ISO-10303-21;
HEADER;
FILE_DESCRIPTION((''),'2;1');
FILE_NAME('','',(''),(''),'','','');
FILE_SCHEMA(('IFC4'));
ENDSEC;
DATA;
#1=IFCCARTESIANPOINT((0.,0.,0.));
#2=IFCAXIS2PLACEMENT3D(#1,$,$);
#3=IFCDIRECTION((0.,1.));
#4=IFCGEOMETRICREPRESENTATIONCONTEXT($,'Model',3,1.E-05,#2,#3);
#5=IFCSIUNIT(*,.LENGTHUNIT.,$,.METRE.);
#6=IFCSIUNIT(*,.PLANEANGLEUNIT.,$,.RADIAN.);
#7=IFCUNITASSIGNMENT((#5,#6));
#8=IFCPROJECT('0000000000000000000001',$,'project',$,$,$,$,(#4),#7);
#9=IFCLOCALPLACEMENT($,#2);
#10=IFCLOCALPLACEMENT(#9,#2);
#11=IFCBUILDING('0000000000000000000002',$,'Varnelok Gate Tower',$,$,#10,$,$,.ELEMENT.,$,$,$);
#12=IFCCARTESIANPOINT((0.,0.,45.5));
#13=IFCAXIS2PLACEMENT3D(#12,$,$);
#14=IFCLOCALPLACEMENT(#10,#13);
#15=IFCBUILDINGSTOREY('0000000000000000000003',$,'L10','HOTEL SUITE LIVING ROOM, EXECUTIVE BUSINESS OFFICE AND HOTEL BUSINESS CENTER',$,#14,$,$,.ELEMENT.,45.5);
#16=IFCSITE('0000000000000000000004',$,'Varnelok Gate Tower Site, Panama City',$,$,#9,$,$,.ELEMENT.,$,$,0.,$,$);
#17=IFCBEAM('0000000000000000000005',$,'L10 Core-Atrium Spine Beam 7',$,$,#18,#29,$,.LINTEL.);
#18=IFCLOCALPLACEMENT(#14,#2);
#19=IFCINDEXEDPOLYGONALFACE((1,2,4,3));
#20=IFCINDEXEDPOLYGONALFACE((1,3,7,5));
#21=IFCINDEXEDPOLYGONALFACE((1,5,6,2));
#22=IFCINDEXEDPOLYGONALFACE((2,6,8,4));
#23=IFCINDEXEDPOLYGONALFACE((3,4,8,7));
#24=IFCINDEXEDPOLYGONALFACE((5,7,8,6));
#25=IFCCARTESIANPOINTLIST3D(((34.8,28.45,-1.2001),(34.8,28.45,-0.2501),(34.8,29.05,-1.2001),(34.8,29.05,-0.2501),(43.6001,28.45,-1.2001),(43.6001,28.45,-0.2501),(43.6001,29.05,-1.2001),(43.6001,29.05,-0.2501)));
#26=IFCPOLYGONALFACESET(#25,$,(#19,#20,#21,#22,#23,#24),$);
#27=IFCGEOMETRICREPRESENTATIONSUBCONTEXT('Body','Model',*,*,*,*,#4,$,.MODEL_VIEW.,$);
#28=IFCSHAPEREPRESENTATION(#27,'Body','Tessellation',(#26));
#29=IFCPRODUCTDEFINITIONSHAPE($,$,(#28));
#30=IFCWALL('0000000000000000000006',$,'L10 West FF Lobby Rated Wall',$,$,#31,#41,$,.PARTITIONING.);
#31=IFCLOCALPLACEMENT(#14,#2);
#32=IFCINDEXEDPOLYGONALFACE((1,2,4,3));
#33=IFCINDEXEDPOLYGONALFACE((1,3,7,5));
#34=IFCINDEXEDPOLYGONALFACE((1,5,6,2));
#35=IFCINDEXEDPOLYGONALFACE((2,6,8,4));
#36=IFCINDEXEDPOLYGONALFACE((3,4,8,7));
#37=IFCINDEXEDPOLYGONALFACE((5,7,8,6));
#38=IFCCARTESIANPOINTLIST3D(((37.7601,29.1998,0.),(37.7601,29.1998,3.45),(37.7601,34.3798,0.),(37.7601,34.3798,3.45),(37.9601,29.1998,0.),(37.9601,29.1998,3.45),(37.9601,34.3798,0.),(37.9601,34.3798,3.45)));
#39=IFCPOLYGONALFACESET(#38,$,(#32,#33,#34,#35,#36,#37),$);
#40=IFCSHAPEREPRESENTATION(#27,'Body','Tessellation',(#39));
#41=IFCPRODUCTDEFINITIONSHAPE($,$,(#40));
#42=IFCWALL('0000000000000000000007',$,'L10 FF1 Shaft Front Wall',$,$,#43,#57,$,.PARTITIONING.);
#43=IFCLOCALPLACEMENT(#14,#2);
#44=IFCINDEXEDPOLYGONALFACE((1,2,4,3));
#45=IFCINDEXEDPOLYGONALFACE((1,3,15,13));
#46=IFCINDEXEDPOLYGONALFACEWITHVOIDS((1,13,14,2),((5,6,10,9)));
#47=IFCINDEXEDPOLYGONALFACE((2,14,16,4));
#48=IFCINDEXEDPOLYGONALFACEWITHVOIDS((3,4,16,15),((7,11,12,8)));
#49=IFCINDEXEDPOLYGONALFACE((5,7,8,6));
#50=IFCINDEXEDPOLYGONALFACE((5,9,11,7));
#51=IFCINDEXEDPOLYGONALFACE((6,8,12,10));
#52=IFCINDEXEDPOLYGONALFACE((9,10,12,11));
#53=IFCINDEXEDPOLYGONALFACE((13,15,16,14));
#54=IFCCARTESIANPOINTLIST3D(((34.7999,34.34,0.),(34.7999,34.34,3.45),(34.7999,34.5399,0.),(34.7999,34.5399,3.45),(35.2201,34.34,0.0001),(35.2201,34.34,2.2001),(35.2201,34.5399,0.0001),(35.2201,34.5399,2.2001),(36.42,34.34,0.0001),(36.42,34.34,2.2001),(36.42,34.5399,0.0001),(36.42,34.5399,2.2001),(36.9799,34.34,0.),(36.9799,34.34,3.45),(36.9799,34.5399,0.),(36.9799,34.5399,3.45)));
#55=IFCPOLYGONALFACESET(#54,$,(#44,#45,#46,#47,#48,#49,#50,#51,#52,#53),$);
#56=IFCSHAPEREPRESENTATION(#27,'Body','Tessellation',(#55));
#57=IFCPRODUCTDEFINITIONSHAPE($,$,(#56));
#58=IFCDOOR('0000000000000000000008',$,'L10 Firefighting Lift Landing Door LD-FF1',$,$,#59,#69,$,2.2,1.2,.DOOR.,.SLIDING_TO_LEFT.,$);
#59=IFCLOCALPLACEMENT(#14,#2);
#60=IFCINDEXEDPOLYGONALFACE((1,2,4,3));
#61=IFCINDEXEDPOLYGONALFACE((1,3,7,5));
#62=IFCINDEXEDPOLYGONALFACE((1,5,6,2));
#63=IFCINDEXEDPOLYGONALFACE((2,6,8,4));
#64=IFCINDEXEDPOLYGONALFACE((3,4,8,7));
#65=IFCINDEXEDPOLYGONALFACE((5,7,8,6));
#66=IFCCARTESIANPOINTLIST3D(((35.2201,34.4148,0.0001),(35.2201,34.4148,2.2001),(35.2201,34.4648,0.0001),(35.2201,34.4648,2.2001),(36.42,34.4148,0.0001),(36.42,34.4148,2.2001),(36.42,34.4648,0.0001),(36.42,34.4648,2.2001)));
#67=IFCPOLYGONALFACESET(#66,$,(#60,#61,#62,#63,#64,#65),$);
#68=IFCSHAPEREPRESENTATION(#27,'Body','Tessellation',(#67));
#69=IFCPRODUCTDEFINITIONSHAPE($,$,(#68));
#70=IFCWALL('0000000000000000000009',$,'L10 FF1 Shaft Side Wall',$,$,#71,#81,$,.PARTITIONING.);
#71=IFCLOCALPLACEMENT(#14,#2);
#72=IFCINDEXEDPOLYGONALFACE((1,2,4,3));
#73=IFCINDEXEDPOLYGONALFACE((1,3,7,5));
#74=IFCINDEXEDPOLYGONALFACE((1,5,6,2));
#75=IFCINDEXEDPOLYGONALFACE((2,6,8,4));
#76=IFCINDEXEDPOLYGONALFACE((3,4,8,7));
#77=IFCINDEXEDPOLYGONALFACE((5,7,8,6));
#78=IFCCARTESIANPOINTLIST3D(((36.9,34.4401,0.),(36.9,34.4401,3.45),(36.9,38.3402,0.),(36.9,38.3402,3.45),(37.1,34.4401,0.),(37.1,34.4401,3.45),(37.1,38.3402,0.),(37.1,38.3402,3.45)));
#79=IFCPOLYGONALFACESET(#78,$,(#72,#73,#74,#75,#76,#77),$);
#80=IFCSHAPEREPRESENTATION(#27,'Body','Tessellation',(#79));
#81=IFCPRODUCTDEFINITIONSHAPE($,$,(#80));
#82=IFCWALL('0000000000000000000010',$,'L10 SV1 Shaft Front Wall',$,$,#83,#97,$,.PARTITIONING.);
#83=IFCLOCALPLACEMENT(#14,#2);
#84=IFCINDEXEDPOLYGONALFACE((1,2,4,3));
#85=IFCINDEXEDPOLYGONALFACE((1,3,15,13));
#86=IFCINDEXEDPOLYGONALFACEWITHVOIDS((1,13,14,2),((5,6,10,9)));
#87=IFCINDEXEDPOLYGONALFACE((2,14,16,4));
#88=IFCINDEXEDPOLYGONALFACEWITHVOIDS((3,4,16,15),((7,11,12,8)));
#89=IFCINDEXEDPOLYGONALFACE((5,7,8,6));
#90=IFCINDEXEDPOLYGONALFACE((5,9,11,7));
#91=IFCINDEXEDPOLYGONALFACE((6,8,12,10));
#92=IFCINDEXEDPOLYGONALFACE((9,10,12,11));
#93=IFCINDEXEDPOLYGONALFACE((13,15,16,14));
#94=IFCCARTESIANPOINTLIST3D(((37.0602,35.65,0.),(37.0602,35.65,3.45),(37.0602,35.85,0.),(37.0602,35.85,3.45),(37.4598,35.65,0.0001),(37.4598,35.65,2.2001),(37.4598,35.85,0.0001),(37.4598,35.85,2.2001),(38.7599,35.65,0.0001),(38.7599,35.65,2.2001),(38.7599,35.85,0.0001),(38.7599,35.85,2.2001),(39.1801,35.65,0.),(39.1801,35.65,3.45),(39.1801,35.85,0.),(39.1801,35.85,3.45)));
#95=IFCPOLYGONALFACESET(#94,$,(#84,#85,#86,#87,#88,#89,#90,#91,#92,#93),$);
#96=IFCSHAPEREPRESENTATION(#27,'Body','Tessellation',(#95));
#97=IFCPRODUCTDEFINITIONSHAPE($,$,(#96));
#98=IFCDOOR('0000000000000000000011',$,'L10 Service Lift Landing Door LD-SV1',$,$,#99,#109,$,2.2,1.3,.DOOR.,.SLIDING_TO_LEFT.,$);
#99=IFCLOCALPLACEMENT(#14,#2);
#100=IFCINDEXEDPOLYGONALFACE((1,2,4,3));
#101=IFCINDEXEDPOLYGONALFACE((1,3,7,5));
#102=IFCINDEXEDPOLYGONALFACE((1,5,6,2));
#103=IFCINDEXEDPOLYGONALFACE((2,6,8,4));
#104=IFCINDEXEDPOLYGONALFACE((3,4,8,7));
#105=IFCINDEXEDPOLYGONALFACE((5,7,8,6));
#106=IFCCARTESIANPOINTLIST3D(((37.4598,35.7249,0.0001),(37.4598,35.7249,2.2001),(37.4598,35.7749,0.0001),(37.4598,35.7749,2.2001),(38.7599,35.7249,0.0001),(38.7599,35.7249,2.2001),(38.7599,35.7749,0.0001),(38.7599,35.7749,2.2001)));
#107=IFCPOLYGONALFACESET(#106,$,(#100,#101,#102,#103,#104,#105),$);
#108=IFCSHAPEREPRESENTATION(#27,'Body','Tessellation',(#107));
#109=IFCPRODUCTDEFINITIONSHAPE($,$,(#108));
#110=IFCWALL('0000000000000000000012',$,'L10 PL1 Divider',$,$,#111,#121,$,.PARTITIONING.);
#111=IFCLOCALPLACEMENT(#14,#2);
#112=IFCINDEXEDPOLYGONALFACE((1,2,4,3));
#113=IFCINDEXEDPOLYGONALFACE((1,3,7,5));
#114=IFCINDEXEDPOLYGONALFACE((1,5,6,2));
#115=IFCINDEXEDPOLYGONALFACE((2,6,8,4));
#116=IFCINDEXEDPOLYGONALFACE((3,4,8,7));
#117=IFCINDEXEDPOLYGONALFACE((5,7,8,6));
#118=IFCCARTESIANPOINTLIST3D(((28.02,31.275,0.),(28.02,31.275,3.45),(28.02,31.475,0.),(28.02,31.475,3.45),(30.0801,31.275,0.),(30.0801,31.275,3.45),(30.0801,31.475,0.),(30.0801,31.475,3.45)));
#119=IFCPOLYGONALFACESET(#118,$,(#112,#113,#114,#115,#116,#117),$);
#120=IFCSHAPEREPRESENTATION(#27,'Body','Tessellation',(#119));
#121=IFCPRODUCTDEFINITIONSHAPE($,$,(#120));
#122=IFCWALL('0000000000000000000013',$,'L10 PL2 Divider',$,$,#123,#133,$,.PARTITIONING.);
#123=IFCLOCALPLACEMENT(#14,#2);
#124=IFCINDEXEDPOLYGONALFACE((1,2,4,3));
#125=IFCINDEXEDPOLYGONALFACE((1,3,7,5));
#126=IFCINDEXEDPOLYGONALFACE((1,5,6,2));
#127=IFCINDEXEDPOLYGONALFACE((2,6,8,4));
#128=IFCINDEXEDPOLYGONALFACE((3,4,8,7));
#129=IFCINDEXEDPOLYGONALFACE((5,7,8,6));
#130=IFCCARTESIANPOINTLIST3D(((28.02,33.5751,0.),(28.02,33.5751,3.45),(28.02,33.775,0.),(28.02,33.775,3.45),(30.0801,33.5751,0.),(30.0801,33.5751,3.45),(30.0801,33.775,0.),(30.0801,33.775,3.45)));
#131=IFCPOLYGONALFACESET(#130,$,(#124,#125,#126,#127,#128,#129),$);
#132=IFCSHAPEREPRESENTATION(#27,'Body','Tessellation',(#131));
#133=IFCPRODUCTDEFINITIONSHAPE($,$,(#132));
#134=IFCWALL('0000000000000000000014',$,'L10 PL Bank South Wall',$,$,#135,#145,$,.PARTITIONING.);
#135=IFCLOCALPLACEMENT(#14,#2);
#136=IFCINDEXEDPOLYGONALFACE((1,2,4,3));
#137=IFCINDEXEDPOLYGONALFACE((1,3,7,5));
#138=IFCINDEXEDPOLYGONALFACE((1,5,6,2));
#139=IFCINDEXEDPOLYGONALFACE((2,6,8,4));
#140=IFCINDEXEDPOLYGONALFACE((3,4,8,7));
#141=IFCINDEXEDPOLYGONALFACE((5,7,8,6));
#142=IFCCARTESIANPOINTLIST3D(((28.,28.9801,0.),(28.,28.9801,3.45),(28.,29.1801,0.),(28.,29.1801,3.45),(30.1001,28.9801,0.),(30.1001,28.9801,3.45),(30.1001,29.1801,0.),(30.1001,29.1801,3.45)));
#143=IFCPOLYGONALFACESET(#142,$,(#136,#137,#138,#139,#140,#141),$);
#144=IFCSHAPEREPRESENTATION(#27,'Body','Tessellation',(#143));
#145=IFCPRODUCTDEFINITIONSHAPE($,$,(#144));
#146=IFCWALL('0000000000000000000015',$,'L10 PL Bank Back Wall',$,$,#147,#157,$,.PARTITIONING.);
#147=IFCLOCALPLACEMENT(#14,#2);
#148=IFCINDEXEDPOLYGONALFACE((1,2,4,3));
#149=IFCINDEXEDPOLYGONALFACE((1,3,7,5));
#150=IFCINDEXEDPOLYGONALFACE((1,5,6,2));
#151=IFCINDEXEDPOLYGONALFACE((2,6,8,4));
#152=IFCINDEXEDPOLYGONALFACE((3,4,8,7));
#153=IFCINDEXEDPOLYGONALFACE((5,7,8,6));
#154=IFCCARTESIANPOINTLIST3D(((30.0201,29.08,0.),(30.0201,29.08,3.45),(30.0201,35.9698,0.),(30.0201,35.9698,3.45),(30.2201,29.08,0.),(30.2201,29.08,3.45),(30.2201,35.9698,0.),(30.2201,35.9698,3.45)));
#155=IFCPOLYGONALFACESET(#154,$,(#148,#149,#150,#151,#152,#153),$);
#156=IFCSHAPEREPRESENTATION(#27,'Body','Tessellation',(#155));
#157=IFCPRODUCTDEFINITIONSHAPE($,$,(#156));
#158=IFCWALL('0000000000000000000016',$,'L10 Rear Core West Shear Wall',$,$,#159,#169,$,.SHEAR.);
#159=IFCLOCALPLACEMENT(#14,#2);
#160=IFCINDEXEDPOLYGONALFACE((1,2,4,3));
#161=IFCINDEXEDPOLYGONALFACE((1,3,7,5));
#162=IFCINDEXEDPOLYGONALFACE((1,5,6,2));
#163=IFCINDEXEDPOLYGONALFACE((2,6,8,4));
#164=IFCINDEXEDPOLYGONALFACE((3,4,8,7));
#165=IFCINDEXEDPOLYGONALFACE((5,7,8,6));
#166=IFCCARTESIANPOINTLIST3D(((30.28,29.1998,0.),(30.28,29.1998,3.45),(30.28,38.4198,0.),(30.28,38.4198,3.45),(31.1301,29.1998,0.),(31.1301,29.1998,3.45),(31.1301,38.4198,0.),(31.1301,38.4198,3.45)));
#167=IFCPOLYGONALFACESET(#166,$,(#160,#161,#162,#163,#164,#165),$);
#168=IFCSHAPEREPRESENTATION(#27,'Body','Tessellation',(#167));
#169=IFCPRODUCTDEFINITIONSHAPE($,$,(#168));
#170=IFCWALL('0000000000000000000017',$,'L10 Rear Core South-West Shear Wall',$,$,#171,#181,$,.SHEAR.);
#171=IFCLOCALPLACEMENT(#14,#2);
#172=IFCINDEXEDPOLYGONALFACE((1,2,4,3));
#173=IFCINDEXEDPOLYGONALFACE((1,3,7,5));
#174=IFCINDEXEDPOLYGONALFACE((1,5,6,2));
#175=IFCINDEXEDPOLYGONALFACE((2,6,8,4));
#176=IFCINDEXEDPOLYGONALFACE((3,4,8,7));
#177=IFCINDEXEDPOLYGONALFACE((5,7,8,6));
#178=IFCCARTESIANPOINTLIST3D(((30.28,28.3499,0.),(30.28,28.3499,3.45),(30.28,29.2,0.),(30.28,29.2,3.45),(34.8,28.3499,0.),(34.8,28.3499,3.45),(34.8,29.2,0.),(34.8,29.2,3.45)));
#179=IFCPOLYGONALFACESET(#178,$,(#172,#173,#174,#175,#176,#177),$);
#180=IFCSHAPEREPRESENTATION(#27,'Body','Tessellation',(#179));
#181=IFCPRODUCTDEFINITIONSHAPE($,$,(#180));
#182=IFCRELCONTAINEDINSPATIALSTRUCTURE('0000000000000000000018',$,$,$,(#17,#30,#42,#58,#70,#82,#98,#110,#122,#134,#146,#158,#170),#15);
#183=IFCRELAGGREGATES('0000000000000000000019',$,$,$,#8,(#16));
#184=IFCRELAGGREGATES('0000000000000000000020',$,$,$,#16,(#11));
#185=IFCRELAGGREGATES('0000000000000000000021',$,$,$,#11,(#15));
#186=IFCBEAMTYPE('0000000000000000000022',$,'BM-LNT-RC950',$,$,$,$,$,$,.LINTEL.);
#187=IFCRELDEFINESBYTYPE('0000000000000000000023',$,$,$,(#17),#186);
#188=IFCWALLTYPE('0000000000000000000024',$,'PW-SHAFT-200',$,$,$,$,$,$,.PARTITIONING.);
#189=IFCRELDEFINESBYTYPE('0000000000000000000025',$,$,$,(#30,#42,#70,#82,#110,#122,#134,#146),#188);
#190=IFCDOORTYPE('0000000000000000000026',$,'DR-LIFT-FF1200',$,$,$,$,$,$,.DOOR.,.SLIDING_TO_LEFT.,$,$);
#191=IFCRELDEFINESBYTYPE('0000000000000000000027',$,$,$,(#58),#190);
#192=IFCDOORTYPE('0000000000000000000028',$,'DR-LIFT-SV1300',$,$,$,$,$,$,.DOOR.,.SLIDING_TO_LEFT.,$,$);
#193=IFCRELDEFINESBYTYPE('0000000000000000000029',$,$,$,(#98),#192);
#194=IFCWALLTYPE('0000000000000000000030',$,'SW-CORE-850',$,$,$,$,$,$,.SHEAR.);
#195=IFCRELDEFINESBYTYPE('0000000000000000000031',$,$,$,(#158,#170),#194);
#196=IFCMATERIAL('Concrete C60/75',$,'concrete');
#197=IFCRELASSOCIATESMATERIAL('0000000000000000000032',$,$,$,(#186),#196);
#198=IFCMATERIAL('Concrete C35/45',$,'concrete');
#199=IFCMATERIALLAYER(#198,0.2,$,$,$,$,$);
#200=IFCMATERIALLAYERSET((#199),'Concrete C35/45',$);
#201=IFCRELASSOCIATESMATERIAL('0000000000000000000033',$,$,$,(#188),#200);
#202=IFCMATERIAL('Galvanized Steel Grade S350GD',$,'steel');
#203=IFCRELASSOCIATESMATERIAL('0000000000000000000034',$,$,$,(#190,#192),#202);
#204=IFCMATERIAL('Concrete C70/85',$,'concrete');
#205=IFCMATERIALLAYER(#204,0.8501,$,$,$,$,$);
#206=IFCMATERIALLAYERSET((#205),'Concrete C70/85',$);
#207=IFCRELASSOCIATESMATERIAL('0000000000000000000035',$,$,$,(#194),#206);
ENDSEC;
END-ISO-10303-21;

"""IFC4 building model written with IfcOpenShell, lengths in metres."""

from ifc_helpers import new_model, si_unit, direction, frame, frame_2d, origin, origin_2d, place, context, subcontext, project, spatial, rectangle, extrude, material, layer, layer_set, material_profile, profile_set, type_object, element, fill, save


model = new_model("IFC4")

# Units and contexts
model_context = context("Model", 3, precision=1e-05, world=origin(), true_north=direction((0.0, 1.0)))
body_context = subcontext(model_context, "Body", "Model", "MODEL_VIEW")
ifc_project = project(units=[si_unit("LENGTHUNIT", "METRE"), si_unit("PLANEANGLEUNIT", "RADIAN")], contexts=[model_context])

# Site, building, storey
site_placement = place(None, origin())
site = spatial("IfcSite", under=ifc_project, at=site_placement, Name="Varnelok Gate Tower Site, Panama City", CompositionType="ELEMENT", RefElevation=0.0)
building_placement = place(site_placement, origin())
building = spatial("IfcBuilding", under=site, at=building_placement, Name="Varnelok Gate Tower", CompositionType="ELEMENT")
storey_placement = place(building_placement, frame((0.0, 0.0, 45.5)))
storey = spatial("IfcBuildingStorey", under=building, at=storey_placement, Name="L10", Description="HOTEL SUITE LIVING ROOM, EXECUTIVE BUSINESS OFFICE AND HOTEL BUSINESS CENTER", CompositionType="ELEMENT", Elevation=45.5)

# Beam
ifc_material_1 = material(Name="Concrete C60/75", Category="concrete")
ifc_material_profile = material_profile(ifc_material_1, rectangle(XDim=0.6001, YDim=0.95, at=origin_2d()), Name="RC950X600")
ifc_profile_set = profile_set([ifc_material_profile], Name="Concrete C60/75")
beam_type = type_object("IfcBeamType", Name="BM-LNT-RC950", PredefinedType="LINTEL", material=ifc_profile_set)
beam_placement = place(storey_placement, frame((34.8, 28.75, -0.7251), z_axis=(1.0, 0.0, 0.0), x_axis=(0.0, 1.0, 0.0)))
element("IfcBeam", 1, at=beam_placement, inside=storey, type_object=beam_type, Name="L10 Core-Atrium Spine Beam 7", PredefinedType="LINTEL", context=body_context, shape_type="SweptSolid", body=[
    extrude(rectangle(XDim=0.6001, YDim=0.95, at=origin_2d()), origin(), (0.0, 0.0, 1.0), 8.8),
])

# Wall
ifc_material_2 = material(Name="Concrete C35/45", Category="concrete")
ifc_layer_1 = layer(ifc_material_2, 0.2)
ifc_layer_set_1 = layer_set([ifc_layer_1], Name="Concrete C35/45")
wall_type_1 = type_object("IfcWallType", Name="PW-SHAFT-200", PredefinedType="PARTITIONING", material=ifc_layer_set_1)
wall_1_placement = place(storey_placement, frame((37.8601, 29.2, 0.0), z_axis=(0.0, 0.0, 1.0), x_axis=(0.0, 1.0, 0.0)))
element("IfcWall", 2, at=wall_1_placement, inside=storey, type_object=wall_type_1, Name="L10 West FF Lobby Rated Wall", PredefinedType="PARTITIONING", context=body_context, shape_type="SweptSolid", body=[
    extrude(rectangle(XDim=5.1799, YDim=0.2, at=frame_2d((2.5898, 0.0))), origin(), (0.0, 0.0, 1.0), 3.45),
])

# Wall, opening, door
wall_2_placement = place(storey_placement, frame((34.8, 34.4399, 0.0), z_axis=(0.0, 0.0, 1.0), x_axis=(1.0, 0.0, 0.0)))
wall_2 = element("IfcWall", 3, at=wall_2_placement, inside=storey, type_object=wall_type_1, Name="L10 FF1 Shaft Front Wall", PredefinedType="PARTITIONING", context=body_context, shape_type="SweptSolid", body=[
    extrude(rectangle(XDim=2.1799, YDim=0.2, at=frame_2d((1.0898, 0.0))), origin(), (0.0, 0.0, 1.0), 3.45),
])
opening_1_placement = place(wall_2_placement, frame((0.4199, 0.0, 0.0)))
opening_1 = element("IfcOpeningElement", 4, at=opening_1_placement, cuts=wall_2, PredefinedType="OPENING", context=body_context, shape_type="SweptSolid", body=[
    extrude(rectangle(XDim=1.2, YDim=2.2, at=frame_2d((0.6001, 1.1001))), frame((0.0, 0.1099, 0.0), z_axis=(0.0, -1.0, 0.0), x_axis=(1.0, 0.0, 0.0)), (0.0, 0.0, 1.0), 0.22),
])
ifc_material_3 = material(Name="Galvanized Steel Grade S350GD", Category="steel")
door_type_1 = type_object("IfcDoorType", Name="DR-LIFT-FF1200", OperationType="SLIDING_TO_LEFT", PredefinedType="DOOR", material=ifc_material_3)
door_1_placement = place(opening_1_placement, origin())
door_1 = element("IfcDoor", 5, at=door_1_placement, inside=storey, type_object=door_type_1, Name="L10 Firefighting Lift Landing Door LD-FF1", OperationType="SLIDING_TO_LEFT", OverallHeight=2.2, OverallWidth=1.2, PredefinedType="DOOR", context=body_context, shape_type="SweptSolid", body=[
    extrude(rectangle(XDim=1.2, YDim=2.2, at=frame_2d((0.6001, 1.1001))), frame((0.0, 0.0249, 0.0), z_axis=(0.0, -1.0, 0.0), x_axis=(1.0, 0.0, 0.0)), (0.0, 0.0, 1.0), 0.05),
])
fill(opening_1, door_1)

# Wall
wall_3_placement = place(storey_placement, frame((37.0, 34.4399, 0.0), z_axis=(0.0, 0.0, 1.0), x_axis=(0.0, 1.0, 0.0)))
element("IfcWall", 6, at=wall_3_placement, inside=storey, type_object=wall_type_1, Name="L10 FF1 Shaft Side Wall", PredefinedType="PARTITIONING", context=body_context, shape_type="SweptSolid", body=[
    extrude(rectangle(XDim=3.9001, YDim=0.2, at=frame_2d((1.9502, 0.0))), origin(), (0.0, 0.0, 1.0), 3.45),
])

# Wall, opening, door
wall_4_placement = place(storey_placement, frame((37.0601, 35.75, 0.0), z_axis=(0.0, 0.0, 1.0), x_axis=(1.0, 0.0, 0.0)))
wall_4 = element("IfcWall", 7, at=wall_4_placement, inside=storey, type_object=wall_type_1, Name="L10 SV1 Shaft Front Wall", PredefinedType="PARTITIONING", context=body_context, shape_type="SweptSolid", body=[
    extrude(rectangle(XDim=2.1199, YDim=0.2, at=frame_2d((1.0601, 0.0))), origin(), (0.0, 0.0, 1.0), 3.45),
])
opening_2_placement = place(wall_4_placement, frame((0.3999, 0.0, 0.0)))
opening_2 = element("IfcOpeningElement", 8, at=opening_2_placement, cuts=wall_4, PredefinedType="OPENING", context=body_context, shape_type="SweptSolid", body=[
    extrude(rectangle(XDim=1.3, YDim=2.2, at=frame_2d((0.6499, 1.1001))), frame((0.0, 0.1099, 0.0), z_axis=(0.0, -1.0, 0.0), x_axis=(1.0, 0.0, 0.0)), (0.0, 0.0, 1.0), 0.22),
])
door_type_2 = type_object("IfcDoorType", Name="DR-LIFT-SV1300", OperationType="SLIDING_TO_LEFT", PredefinedType="DOOR", material=ifc_material_3)
door_2_placement = place(opening_2_placement, origin())
door_2 = element("IfcDoor", 9, at=door_2_placement, inside=storey, type_object=door_type_2, Name="L10 Service Lift Landing Door LD-SV1", OperationType="SLIDING_TO_LEFT", OverallHeight=2.2, OverallWidth=1.3, PredefinedType="DOOR", context=body_context, shape_type="SweptSolid", body=[
    extrude(rectangle(XDim=1.3, YDim=2.2, at=frame_2d((0.6499, 1.1001))), frame((0.0, 0.0249, 0.0), z_axis=(0.0, -1.0, 0.0), x_axis=(1.0, 0.0, 0.0)), (0.0, 0.0, 1.0), 0.05),
])
fill(opening_2, door_2)

# Walls
for number, where, z_axis, x_axis, name in (
    (10, (28.02, 31.375, 0.0), (0.0, 0.0, 1.0), (1.0, 0.0, 0.0), "L10 PL1 Divider"),
    (11, (28.02, 33.675, 0.0), (0.0, 0.0, 1.0), (1.0, 0.0, 0.0), "L10 PL2 Divider"),
):
    element("IfcWall", number, at=place(storey_placement, frame(where, z_axis=z_axis, x_axis=x_axis)), inside=storey, type_object=wall_type_1, Name=name, PredefinedType="PARTITIONING", context=body_context, shape_type="SweptSolid", body=[
        extrude(rectangle(XDim=2.0601, YDim=0.2, at=frame_2d((1.03, 0.0))), origin(), (0.0, 0.0, 1.0), 3.45),
    ])
wall_5_placement = place(storey_placement, frame((28.0, 29.0801, 0.0), z_axis=(0.0, 0.0, 1.0), x_axis=(1.0, 0.0, 0.0)))
element("IfcWall", 12, at=wall_5_placement, inside=storey, type_object=wall_type_1, Name="L10 PL Bank South Wall", PredefinedType="PARTITIONING", context=body_context, shape_type="SweptSolid", body=[
    extrude(rectangle(XDim=2.1001, YDim=0.2, at=frame_2d((1.05, 0.0))), origin(), (0.0, 0.0, 1.0), 3.45),
])
wall_6_placement = place(storey_placement, frame((30.1201, 29.0801, 0.0), z_axis=(0.0, 0.0, 1.0), x_axis=(0.0, 1.0, 0.0)))
element("IfcWall", 13, at=wall_6_placement, inside=storey, type_object=wall_type_1, Name="L10 PL Bank Back Wall", PredefinedType="PARTITIONING", context=body_context, shape_type="SweptSolid", body=[
    extrude(rectangle(XDim=6.8899, YDim=0.2, at=frame_2d((3.4448, 0.0))), origin(), (0.0, 0.0, 1.0), 3.45),
])

# Walls
ifc_material_4 = material(Name="Concrete C70/85", Category="concrete")
ifc_layer_2 = layer(ifc_material_4, 0.8501)
ifc_layer_set_2 = layer_set([ifc_layer_2], Name="Concrete C70/85")
wall_type_2 = type_object("IfcWallType", Name="SW-CORE-850", PredefinedType="SHEAR", material=ifc_layer_set_2)
wall_7_placement = place(storey_placement, frame((30.7051, 29.2, 0.0), z_axis=(0.0, 0.0, 1.0), x_axis=(0.0, 1.0, 0.0)))
element("IfcWall", 14, at=wall_7_placement, inside=storey, type_object=wall_type_2, Name="L10 Rear Core West Shear Wall", PredefinedType="SHEAR", context=body_context, shape_type="SweptSolid", body=[
    extrude(rectangle(XDim=9.22, YDim=0.8501, at=frame_2d((4.6099, 0.0))), origin(), (0.0, 0.0, 1.0), 3.45),
])
wall_8_placement = place(storey_placement, frame((30.28, 28.7749, 0.0), z_axis=(0.0, 0.0, 1.0), x_axis=(1.0, 0.0, 0.0)))
element("IfcWall", 15, at=wall_8_placement, inside=storey, type_object=wall_type_2, Name="L10 Rear Core South-West Shear Wall", PredefinedType="SHEAR", context=body_context, shape_type="SweptSolid", body=[
    extrude(rectangle(XDim=4.52, YDim=0.8501, at=frame_2d((2.26, 0.0))), origin(), (0.0, 0.0, 1.0), 3.45),
])

save(model, "model.ifc")
